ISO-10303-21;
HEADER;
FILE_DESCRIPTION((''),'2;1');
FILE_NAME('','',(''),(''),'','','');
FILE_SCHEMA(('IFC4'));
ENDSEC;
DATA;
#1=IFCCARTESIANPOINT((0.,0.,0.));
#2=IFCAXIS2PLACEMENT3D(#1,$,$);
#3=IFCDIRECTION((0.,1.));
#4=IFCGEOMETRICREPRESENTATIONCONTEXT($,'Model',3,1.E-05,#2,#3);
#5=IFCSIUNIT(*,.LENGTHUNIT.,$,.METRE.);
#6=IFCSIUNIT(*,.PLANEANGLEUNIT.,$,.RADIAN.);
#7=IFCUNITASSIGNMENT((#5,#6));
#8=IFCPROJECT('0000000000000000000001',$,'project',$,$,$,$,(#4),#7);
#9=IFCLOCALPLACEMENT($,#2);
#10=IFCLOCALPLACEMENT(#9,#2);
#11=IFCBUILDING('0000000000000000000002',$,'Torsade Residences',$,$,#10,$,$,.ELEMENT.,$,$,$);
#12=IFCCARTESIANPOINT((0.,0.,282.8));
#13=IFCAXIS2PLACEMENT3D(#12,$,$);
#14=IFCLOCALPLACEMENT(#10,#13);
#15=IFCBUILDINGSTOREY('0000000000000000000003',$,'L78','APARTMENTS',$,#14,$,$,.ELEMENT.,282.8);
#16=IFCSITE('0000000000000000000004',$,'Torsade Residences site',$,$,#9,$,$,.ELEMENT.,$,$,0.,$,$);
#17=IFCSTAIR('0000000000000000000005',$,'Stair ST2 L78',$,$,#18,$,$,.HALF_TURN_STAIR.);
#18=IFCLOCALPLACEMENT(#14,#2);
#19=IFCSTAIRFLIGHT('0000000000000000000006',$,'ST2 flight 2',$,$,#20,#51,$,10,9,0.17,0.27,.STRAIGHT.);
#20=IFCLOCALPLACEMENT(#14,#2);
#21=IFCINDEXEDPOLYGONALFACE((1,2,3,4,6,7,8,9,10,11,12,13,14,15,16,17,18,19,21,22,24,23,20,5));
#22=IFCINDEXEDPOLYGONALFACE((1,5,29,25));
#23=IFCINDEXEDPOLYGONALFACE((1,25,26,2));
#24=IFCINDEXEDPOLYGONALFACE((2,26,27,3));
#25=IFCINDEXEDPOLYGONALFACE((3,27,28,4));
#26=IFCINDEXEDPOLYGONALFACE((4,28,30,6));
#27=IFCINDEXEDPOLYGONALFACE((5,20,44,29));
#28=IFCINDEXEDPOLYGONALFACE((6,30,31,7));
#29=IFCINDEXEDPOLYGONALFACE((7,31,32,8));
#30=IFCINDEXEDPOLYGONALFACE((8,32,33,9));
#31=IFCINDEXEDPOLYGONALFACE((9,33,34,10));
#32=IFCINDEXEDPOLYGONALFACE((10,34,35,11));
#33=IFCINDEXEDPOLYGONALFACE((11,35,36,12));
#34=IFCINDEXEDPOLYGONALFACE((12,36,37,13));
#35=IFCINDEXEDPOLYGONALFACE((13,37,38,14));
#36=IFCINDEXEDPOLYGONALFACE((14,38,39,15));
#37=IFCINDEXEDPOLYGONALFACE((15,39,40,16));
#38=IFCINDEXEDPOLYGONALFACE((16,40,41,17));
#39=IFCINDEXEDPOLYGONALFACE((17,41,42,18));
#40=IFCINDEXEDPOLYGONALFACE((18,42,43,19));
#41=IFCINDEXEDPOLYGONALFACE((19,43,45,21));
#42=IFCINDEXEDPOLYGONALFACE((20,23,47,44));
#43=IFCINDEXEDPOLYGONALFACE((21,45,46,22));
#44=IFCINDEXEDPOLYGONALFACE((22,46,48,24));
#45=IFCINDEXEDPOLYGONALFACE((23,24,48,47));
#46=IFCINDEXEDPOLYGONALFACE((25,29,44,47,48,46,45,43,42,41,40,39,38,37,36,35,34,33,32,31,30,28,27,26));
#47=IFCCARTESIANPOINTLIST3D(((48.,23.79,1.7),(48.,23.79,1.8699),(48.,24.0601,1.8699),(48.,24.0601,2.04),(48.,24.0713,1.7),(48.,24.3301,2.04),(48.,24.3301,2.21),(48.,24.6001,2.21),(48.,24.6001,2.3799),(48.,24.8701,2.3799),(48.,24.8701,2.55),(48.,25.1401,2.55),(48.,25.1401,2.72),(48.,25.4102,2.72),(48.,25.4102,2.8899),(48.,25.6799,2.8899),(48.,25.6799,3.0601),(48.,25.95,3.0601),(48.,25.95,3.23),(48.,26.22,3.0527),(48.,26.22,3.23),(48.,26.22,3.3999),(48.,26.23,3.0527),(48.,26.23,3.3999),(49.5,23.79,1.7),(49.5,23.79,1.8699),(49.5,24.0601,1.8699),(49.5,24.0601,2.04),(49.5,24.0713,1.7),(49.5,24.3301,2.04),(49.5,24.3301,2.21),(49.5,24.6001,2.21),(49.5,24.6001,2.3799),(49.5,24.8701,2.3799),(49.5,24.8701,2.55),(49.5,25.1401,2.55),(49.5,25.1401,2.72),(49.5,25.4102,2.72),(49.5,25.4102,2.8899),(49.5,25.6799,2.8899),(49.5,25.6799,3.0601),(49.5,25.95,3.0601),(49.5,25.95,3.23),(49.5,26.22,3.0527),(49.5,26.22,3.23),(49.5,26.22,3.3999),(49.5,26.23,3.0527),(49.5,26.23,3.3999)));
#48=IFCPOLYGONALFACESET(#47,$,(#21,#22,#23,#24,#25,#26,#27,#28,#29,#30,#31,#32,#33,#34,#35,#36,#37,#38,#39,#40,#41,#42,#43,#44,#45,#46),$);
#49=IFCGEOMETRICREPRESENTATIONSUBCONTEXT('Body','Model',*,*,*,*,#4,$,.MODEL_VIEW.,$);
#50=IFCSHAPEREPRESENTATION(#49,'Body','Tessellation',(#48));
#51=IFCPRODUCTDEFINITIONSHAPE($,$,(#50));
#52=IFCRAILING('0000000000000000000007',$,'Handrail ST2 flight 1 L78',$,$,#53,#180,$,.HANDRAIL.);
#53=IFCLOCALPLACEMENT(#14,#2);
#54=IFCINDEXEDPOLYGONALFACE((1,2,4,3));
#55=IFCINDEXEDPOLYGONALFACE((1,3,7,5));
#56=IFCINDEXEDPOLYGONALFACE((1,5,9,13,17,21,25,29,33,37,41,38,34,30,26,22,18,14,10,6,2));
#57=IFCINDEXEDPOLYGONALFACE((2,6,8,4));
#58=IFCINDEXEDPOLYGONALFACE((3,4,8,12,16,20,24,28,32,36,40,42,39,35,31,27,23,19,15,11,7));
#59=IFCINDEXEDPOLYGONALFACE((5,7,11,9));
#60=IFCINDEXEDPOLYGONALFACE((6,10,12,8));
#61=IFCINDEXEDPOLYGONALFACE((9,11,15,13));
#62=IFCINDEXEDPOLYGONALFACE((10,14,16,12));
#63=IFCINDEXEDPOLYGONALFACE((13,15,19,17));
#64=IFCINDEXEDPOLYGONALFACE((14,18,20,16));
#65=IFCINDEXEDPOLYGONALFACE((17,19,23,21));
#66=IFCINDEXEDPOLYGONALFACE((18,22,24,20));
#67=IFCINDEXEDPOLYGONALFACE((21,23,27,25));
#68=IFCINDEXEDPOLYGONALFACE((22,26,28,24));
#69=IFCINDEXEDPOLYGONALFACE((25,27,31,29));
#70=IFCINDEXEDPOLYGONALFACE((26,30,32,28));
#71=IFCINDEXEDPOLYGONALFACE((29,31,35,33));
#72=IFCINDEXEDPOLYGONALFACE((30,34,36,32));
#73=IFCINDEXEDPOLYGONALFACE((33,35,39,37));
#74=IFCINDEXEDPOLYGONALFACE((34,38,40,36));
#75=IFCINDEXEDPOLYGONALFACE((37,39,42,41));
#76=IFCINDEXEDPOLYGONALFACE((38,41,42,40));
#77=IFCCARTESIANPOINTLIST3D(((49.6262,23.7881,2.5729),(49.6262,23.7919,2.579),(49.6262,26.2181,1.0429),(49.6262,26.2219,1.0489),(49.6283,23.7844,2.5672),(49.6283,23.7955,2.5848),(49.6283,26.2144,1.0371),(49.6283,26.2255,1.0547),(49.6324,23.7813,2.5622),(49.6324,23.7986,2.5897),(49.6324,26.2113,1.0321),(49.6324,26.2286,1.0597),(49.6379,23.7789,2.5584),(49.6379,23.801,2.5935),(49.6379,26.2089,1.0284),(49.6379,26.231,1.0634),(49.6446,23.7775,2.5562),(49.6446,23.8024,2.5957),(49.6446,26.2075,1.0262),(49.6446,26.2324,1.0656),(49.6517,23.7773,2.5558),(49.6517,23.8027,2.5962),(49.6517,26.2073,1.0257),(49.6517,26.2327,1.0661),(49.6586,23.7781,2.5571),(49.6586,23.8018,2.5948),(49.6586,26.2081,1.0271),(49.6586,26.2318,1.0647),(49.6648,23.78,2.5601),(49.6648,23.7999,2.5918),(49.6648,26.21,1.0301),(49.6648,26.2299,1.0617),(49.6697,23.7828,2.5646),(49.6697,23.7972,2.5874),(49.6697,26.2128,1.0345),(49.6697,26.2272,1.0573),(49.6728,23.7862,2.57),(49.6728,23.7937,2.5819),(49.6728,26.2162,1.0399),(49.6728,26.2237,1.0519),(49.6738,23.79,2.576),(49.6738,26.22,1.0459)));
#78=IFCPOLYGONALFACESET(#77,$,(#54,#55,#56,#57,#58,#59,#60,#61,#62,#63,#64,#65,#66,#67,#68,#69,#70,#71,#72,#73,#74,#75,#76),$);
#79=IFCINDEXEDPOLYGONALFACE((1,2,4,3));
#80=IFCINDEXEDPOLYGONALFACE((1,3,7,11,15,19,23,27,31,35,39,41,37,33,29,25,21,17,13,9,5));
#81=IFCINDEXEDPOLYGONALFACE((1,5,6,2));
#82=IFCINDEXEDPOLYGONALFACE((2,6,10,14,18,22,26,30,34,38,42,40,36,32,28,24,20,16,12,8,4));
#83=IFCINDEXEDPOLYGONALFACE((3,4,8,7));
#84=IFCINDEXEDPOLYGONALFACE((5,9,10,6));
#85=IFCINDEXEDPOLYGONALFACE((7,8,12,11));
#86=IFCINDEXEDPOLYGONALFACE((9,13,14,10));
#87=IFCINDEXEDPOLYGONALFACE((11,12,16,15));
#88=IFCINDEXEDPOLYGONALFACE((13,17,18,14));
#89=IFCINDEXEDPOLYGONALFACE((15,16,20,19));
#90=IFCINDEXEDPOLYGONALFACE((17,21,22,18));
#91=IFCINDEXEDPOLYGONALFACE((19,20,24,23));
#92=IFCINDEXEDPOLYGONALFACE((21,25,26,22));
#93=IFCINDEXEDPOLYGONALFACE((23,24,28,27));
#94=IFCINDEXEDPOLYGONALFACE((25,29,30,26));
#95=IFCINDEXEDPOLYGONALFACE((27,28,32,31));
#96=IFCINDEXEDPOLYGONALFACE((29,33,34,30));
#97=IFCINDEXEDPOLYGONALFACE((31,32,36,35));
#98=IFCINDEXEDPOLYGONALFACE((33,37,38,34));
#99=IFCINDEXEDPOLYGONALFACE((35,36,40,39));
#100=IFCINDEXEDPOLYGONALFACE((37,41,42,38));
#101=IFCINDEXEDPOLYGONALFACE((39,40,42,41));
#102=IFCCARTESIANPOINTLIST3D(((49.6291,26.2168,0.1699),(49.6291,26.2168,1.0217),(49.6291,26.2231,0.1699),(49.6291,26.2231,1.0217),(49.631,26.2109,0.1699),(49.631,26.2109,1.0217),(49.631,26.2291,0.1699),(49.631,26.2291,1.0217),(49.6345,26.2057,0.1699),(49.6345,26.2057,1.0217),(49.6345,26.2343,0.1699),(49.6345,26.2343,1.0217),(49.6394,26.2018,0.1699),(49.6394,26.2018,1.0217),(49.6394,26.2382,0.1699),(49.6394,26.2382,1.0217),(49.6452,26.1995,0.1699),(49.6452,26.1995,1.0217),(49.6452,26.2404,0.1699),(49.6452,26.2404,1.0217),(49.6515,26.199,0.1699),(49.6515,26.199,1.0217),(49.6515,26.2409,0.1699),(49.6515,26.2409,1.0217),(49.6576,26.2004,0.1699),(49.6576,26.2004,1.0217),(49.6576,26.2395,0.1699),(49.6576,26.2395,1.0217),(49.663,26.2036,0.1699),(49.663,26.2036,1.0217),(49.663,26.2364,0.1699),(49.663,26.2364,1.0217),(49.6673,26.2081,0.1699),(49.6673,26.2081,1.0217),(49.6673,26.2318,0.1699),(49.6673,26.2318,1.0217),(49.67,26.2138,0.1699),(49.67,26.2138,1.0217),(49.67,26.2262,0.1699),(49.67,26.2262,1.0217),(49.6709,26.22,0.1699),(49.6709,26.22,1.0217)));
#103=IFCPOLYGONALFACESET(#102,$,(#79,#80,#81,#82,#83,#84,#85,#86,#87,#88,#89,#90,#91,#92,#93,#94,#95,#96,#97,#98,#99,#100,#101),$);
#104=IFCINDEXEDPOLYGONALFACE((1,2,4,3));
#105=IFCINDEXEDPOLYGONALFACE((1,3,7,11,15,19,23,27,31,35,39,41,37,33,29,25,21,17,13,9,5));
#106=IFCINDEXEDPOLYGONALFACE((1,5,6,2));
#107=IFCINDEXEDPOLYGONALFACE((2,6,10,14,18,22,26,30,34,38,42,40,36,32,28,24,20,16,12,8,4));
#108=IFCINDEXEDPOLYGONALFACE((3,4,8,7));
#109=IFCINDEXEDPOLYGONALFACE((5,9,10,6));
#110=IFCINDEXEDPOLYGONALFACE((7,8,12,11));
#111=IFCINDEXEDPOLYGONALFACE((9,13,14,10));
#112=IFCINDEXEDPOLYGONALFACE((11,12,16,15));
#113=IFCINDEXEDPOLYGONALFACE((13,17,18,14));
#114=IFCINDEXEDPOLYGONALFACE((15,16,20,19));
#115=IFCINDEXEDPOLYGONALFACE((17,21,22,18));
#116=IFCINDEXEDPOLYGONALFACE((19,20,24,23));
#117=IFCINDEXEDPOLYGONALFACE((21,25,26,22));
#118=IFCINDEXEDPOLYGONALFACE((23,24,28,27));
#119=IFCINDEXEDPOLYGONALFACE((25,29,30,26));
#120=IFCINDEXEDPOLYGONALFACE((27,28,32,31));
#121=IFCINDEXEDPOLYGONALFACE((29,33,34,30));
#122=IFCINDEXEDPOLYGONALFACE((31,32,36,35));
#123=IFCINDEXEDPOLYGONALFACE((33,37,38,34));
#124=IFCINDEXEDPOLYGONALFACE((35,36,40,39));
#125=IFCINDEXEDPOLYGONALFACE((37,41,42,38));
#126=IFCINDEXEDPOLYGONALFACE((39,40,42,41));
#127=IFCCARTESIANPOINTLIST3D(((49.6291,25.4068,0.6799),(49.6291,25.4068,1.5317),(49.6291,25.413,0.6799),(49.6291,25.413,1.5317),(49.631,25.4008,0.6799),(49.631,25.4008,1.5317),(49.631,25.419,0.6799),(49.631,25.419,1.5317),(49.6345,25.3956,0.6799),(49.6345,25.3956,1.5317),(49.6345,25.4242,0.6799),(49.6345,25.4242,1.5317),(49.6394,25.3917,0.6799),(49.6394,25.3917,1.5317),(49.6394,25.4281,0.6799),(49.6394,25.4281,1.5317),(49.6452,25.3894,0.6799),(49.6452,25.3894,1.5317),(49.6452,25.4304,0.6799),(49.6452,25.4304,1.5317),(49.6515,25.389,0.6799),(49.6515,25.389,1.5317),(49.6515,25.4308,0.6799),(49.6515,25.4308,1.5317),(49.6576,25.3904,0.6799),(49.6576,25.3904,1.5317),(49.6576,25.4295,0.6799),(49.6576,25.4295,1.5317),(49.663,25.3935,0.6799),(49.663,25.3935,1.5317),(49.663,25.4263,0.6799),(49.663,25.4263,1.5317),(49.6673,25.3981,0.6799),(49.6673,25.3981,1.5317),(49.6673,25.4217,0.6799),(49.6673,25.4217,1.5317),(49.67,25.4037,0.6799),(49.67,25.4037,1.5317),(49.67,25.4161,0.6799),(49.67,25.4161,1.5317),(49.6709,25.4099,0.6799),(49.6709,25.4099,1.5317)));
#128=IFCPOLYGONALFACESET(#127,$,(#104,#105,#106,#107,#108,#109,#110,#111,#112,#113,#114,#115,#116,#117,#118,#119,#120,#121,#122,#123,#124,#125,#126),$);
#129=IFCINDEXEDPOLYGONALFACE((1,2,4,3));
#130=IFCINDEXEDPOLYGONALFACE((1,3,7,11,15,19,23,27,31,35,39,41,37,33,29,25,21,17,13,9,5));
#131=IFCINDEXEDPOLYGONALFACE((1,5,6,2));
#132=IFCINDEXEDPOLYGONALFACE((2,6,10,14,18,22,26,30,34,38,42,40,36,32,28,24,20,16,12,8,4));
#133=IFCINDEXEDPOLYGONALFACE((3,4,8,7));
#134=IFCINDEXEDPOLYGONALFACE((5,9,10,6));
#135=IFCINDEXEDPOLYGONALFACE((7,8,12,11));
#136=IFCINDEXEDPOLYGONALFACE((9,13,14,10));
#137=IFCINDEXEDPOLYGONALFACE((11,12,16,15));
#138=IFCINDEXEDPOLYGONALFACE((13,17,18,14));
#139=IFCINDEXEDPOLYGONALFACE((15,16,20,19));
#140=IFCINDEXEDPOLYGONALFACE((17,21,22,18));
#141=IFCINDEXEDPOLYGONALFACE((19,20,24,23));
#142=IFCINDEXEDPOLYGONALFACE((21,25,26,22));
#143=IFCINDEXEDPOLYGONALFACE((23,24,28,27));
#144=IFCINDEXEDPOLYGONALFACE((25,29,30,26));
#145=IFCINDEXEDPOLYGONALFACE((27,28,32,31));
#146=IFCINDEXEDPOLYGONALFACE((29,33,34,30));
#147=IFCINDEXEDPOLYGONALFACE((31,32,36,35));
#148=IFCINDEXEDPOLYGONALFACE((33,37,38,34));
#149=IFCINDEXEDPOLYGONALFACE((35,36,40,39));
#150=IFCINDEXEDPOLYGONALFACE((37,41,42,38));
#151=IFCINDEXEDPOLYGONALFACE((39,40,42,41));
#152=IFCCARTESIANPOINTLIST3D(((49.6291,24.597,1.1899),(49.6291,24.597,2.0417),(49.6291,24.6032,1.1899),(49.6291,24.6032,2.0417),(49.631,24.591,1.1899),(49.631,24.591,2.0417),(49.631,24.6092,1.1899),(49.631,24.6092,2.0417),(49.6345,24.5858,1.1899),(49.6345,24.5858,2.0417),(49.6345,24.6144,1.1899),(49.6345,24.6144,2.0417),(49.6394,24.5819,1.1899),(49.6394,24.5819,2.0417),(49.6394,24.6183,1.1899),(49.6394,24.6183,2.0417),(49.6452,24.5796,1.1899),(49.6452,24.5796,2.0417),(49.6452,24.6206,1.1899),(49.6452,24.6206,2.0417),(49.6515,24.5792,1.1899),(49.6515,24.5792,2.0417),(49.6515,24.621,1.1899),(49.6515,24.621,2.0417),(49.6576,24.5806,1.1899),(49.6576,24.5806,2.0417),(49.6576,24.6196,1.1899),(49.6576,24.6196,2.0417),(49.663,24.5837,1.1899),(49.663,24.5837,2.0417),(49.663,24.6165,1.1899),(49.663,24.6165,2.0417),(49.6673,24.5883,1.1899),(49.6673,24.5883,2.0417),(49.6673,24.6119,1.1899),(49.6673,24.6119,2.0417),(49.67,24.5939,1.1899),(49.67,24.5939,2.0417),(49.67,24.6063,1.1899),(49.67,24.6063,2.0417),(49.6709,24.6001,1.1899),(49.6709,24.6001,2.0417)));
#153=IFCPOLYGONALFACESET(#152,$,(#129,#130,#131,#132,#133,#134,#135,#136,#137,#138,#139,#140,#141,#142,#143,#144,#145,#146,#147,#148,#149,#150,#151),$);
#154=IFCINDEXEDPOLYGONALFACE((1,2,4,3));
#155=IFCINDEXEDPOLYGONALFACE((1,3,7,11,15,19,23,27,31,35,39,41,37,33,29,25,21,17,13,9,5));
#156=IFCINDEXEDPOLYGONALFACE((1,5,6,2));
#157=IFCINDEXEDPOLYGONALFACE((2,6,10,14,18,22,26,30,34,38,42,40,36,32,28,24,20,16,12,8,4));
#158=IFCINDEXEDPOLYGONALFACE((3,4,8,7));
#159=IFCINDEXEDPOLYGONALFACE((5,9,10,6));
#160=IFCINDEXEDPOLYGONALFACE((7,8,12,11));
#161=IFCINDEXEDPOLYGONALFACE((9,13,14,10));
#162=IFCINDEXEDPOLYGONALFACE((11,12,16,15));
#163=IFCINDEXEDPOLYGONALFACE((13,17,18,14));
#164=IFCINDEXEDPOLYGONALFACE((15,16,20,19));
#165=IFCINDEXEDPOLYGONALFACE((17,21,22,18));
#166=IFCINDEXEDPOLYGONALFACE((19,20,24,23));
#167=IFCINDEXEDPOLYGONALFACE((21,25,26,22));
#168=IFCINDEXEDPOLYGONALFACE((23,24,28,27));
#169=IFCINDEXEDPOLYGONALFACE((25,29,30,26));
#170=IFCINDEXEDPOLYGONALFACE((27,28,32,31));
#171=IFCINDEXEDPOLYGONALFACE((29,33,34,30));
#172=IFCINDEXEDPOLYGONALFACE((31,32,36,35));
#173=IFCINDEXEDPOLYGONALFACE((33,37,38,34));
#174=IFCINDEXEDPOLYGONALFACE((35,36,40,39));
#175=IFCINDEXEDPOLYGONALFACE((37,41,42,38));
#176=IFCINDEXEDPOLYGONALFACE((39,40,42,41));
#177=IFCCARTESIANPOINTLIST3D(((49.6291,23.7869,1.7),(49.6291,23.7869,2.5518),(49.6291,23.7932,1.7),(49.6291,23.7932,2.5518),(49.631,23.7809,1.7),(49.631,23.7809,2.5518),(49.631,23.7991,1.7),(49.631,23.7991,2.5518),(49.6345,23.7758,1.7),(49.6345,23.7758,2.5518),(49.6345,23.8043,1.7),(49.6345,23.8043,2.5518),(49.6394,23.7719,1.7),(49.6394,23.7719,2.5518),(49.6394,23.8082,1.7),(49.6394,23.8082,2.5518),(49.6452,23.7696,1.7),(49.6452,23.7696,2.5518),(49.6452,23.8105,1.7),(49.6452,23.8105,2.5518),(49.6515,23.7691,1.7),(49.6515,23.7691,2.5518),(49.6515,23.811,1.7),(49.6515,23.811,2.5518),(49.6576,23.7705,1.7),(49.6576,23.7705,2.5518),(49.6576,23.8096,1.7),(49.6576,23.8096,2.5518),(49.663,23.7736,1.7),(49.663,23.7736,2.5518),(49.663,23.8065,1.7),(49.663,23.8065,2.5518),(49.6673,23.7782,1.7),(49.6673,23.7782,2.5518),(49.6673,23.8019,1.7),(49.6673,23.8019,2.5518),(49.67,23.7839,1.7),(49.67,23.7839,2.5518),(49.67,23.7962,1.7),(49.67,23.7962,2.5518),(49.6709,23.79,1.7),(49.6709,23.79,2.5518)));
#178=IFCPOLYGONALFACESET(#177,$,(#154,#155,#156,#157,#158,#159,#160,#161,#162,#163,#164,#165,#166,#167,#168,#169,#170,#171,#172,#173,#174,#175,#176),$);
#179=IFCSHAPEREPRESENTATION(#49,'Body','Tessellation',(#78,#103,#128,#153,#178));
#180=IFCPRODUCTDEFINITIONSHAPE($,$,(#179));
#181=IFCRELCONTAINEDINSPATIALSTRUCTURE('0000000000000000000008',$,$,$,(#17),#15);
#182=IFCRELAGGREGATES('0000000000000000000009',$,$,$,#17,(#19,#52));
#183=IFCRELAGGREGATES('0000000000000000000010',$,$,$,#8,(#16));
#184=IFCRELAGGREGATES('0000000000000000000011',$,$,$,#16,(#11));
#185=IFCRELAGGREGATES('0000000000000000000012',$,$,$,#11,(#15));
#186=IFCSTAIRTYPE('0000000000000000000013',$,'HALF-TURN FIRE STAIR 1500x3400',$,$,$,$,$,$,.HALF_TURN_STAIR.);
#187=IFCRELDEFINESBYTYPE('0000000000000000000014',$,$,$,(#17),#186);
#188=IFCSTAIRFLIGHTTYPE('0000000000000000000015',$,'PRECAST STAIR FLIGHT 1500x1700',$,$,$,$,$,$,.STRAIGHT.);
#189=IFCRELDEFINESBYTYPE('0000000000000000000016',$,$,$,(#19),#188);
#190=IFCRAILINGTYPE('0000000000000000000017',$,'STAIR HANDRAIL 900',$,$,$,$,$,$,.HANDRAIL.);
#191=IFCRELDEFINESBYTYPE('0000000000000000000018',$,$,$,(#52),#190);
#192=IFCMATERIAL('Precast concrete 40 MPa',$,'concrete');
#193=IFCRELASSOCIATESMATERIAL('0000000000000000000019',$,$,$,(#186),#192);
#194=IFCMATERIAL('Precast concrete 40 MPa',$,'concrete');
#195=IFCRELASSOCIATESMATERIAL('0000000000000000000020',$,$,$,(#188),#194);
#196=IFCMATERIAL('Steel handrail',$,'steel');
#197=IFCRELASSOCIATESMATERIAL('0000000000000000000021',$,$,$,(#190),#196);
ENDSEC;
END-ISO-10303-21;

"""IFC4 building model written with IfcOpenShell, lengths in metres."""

from ifc_helpers import new_model, si_unit, direction, frame, origin, origin_2d, place, context, subcontext, project, spatial, polyline, circle, outline, extrude, material, type_object, element, aggregate, save


model = new_model("IFC4")

# Units and contexts
model_context = context("Model", 3, precision=1e-05, world=origin(), true_north=direction((0.0, 1.0)))
body_context = subcontext(model_context, "Body", "Model", "MODEL_VIEW")
ifc_project = project(units=[si_unit("LENGTHUNIT", "METRE"), si_unit("PLANEANGLEUNIT", "RADIAN")], contexts=[model_context])

# Site, building, storey
site_placement = place(None, origin())
site = spatial("IfcSite", under=ifc_project, at=site_placement, Name="Torsade Residences site", CompositionType="ELEMENT", RefElevation=0.0)
building_placement = place(site_placement, origin())
building = spatial("IfcBuilding", under=site, at=building_placement, Name="Torsade Residences", CompositionType="ELEMENT")
storey_placement = place(building_placement, frame((0.0, 0.0, 282.8)))
storey = spatial("IfcBuildingStorey", under=building, at=storey_placement, Name="L78", Description="APARTMENTS", CompositionType="ELEMENT", Elevation=282.8)

# Stair, stair flight, railing
ifc_material_1 = material(Name="Precast concrete 40 MPa", Category="concrete")
stair_type = type_object("IfcStairType", Name="HALF-TURN FIRE STAIR 1500x3400", PredefinedType="HALF_TURN_STAIR", material=ifc_material_1)
stair_placement = place(storey_placement, origin())
stair = element("IfcStair", 1, at=stair_placement, inside=storey, type_object=stair_type, Name="Stair ST2 L78", PredefinedType="HALF_TURN_STAIR")
ifc_material_2 = material(Name="Precast concrete 40 MPa", Category="concrete")
stair_flight_type = type_object("IfcStairFlightType", Name="PRECAST STAIR FLIGHT 1500x1700", PredefinedType="STRAIGHT", material=ifc_material_2)
stair_flight_1_placement = place(storey_placement, frame((48.75, 23.79, 1.7), z_axis=(0.0, 0.0, 1.0), x_axis=(0.0, 1.0, 0.0)))
stair_flight_1 = element("IfcStairFlight", 2, at=stair_flight_1_placement, type_object=stair_flight_type, Name="ST2 flight 2", NumberOfRisers=10, NumberOfTreads=9, PredefinedType="STRAIGHT", RiserHeight=0.17, TreadLength=0.27, context=body_context, shape_type="SweptSolid", body=[
    extrude(outline(polyline([(0.0, 0.0), (0.0, 0.1699), (0.27, 0.1699), (0.27, 0.3401), (0.54, 0.3401), (0.54, 0.51), (0.8101, 0.51), (0.8101, 0.6799), (1.0801, 0.6799), (1.0801, 0.8501), (1.3501, 0.8501), (1.3501, 1.02), (1.6201, 1.02), (1.6201, 1.1899), (1.8899, 1.1899), (1.8899, 1.3601), (2.1599, 1.3601), (2.1599, 1.53), (2.4299, 1.53), (2.4299, 1.7), (2.4399, 1.7), (2.4399, 1.3528), (2.4299, 1.3528), (0.2812, 0.0), (0.0, 0.0)])), frame((0.0, 0.75, 0.0), z_axis=(0.0, -1.0, 0.0), x_axis=(1.0, 0.0, 0.0)), (0.0, 0.0, 1.0), 1.5),
])
ifc_material_3 = material(Name="Steel handrail", Category="steel")
railing_type = type_object("IfcRailingType", Name="STAIR HANDRAIL 900", PredefinedType="HANDRAIL", material=ifc_material_3)
railing_1_placement = place(storey_placement, frame((49.6499, 26.22, 0.1699)))
railing_1 = element("IfcRailing", 3, at=railing_1_placement, type_object=railing_type, Name="Handrail ST2 flight 1 L78", PredefinedType="HANDRAIL", context=body_context, shape_type="SweptSolid", body=[
    extrude(circle(Radius=0.0239, at=origin_2d()), frame((0.0, 0.0, 0.876), z_axis=(0.0, -0.846221, 0.532831), x_axis=(1.0, 0.0, 0.0)), (0.0, 0.0, 1.0), 2.8716),
    extrude(circle(Radius=0.021, at=origin_2d()), origin(), (0.0, 0.0, 1.0), 0.8518),
    extrude(circle(Radius=0.021, at=origin_2d()), frame((0.0, -0.8101, 0.51)), (0.0, 0.0, 1.0), 0.8518),
    extrude(circle(Radius=0.021, at=origin_2d()), frame((0.0, -1.6199, 1.02)), (0.0, 0.0, 1.0), 0.8518),
    extrude(circle(Radius=0.021, at=origin_2d()), frame((0.0, -2.4299, 1.53)), (0.0, 0.0, 1.0), 0.8518),
])
aggregate(stair, [stair_flight_1, railing_1])

save(model, "model.ifc")
